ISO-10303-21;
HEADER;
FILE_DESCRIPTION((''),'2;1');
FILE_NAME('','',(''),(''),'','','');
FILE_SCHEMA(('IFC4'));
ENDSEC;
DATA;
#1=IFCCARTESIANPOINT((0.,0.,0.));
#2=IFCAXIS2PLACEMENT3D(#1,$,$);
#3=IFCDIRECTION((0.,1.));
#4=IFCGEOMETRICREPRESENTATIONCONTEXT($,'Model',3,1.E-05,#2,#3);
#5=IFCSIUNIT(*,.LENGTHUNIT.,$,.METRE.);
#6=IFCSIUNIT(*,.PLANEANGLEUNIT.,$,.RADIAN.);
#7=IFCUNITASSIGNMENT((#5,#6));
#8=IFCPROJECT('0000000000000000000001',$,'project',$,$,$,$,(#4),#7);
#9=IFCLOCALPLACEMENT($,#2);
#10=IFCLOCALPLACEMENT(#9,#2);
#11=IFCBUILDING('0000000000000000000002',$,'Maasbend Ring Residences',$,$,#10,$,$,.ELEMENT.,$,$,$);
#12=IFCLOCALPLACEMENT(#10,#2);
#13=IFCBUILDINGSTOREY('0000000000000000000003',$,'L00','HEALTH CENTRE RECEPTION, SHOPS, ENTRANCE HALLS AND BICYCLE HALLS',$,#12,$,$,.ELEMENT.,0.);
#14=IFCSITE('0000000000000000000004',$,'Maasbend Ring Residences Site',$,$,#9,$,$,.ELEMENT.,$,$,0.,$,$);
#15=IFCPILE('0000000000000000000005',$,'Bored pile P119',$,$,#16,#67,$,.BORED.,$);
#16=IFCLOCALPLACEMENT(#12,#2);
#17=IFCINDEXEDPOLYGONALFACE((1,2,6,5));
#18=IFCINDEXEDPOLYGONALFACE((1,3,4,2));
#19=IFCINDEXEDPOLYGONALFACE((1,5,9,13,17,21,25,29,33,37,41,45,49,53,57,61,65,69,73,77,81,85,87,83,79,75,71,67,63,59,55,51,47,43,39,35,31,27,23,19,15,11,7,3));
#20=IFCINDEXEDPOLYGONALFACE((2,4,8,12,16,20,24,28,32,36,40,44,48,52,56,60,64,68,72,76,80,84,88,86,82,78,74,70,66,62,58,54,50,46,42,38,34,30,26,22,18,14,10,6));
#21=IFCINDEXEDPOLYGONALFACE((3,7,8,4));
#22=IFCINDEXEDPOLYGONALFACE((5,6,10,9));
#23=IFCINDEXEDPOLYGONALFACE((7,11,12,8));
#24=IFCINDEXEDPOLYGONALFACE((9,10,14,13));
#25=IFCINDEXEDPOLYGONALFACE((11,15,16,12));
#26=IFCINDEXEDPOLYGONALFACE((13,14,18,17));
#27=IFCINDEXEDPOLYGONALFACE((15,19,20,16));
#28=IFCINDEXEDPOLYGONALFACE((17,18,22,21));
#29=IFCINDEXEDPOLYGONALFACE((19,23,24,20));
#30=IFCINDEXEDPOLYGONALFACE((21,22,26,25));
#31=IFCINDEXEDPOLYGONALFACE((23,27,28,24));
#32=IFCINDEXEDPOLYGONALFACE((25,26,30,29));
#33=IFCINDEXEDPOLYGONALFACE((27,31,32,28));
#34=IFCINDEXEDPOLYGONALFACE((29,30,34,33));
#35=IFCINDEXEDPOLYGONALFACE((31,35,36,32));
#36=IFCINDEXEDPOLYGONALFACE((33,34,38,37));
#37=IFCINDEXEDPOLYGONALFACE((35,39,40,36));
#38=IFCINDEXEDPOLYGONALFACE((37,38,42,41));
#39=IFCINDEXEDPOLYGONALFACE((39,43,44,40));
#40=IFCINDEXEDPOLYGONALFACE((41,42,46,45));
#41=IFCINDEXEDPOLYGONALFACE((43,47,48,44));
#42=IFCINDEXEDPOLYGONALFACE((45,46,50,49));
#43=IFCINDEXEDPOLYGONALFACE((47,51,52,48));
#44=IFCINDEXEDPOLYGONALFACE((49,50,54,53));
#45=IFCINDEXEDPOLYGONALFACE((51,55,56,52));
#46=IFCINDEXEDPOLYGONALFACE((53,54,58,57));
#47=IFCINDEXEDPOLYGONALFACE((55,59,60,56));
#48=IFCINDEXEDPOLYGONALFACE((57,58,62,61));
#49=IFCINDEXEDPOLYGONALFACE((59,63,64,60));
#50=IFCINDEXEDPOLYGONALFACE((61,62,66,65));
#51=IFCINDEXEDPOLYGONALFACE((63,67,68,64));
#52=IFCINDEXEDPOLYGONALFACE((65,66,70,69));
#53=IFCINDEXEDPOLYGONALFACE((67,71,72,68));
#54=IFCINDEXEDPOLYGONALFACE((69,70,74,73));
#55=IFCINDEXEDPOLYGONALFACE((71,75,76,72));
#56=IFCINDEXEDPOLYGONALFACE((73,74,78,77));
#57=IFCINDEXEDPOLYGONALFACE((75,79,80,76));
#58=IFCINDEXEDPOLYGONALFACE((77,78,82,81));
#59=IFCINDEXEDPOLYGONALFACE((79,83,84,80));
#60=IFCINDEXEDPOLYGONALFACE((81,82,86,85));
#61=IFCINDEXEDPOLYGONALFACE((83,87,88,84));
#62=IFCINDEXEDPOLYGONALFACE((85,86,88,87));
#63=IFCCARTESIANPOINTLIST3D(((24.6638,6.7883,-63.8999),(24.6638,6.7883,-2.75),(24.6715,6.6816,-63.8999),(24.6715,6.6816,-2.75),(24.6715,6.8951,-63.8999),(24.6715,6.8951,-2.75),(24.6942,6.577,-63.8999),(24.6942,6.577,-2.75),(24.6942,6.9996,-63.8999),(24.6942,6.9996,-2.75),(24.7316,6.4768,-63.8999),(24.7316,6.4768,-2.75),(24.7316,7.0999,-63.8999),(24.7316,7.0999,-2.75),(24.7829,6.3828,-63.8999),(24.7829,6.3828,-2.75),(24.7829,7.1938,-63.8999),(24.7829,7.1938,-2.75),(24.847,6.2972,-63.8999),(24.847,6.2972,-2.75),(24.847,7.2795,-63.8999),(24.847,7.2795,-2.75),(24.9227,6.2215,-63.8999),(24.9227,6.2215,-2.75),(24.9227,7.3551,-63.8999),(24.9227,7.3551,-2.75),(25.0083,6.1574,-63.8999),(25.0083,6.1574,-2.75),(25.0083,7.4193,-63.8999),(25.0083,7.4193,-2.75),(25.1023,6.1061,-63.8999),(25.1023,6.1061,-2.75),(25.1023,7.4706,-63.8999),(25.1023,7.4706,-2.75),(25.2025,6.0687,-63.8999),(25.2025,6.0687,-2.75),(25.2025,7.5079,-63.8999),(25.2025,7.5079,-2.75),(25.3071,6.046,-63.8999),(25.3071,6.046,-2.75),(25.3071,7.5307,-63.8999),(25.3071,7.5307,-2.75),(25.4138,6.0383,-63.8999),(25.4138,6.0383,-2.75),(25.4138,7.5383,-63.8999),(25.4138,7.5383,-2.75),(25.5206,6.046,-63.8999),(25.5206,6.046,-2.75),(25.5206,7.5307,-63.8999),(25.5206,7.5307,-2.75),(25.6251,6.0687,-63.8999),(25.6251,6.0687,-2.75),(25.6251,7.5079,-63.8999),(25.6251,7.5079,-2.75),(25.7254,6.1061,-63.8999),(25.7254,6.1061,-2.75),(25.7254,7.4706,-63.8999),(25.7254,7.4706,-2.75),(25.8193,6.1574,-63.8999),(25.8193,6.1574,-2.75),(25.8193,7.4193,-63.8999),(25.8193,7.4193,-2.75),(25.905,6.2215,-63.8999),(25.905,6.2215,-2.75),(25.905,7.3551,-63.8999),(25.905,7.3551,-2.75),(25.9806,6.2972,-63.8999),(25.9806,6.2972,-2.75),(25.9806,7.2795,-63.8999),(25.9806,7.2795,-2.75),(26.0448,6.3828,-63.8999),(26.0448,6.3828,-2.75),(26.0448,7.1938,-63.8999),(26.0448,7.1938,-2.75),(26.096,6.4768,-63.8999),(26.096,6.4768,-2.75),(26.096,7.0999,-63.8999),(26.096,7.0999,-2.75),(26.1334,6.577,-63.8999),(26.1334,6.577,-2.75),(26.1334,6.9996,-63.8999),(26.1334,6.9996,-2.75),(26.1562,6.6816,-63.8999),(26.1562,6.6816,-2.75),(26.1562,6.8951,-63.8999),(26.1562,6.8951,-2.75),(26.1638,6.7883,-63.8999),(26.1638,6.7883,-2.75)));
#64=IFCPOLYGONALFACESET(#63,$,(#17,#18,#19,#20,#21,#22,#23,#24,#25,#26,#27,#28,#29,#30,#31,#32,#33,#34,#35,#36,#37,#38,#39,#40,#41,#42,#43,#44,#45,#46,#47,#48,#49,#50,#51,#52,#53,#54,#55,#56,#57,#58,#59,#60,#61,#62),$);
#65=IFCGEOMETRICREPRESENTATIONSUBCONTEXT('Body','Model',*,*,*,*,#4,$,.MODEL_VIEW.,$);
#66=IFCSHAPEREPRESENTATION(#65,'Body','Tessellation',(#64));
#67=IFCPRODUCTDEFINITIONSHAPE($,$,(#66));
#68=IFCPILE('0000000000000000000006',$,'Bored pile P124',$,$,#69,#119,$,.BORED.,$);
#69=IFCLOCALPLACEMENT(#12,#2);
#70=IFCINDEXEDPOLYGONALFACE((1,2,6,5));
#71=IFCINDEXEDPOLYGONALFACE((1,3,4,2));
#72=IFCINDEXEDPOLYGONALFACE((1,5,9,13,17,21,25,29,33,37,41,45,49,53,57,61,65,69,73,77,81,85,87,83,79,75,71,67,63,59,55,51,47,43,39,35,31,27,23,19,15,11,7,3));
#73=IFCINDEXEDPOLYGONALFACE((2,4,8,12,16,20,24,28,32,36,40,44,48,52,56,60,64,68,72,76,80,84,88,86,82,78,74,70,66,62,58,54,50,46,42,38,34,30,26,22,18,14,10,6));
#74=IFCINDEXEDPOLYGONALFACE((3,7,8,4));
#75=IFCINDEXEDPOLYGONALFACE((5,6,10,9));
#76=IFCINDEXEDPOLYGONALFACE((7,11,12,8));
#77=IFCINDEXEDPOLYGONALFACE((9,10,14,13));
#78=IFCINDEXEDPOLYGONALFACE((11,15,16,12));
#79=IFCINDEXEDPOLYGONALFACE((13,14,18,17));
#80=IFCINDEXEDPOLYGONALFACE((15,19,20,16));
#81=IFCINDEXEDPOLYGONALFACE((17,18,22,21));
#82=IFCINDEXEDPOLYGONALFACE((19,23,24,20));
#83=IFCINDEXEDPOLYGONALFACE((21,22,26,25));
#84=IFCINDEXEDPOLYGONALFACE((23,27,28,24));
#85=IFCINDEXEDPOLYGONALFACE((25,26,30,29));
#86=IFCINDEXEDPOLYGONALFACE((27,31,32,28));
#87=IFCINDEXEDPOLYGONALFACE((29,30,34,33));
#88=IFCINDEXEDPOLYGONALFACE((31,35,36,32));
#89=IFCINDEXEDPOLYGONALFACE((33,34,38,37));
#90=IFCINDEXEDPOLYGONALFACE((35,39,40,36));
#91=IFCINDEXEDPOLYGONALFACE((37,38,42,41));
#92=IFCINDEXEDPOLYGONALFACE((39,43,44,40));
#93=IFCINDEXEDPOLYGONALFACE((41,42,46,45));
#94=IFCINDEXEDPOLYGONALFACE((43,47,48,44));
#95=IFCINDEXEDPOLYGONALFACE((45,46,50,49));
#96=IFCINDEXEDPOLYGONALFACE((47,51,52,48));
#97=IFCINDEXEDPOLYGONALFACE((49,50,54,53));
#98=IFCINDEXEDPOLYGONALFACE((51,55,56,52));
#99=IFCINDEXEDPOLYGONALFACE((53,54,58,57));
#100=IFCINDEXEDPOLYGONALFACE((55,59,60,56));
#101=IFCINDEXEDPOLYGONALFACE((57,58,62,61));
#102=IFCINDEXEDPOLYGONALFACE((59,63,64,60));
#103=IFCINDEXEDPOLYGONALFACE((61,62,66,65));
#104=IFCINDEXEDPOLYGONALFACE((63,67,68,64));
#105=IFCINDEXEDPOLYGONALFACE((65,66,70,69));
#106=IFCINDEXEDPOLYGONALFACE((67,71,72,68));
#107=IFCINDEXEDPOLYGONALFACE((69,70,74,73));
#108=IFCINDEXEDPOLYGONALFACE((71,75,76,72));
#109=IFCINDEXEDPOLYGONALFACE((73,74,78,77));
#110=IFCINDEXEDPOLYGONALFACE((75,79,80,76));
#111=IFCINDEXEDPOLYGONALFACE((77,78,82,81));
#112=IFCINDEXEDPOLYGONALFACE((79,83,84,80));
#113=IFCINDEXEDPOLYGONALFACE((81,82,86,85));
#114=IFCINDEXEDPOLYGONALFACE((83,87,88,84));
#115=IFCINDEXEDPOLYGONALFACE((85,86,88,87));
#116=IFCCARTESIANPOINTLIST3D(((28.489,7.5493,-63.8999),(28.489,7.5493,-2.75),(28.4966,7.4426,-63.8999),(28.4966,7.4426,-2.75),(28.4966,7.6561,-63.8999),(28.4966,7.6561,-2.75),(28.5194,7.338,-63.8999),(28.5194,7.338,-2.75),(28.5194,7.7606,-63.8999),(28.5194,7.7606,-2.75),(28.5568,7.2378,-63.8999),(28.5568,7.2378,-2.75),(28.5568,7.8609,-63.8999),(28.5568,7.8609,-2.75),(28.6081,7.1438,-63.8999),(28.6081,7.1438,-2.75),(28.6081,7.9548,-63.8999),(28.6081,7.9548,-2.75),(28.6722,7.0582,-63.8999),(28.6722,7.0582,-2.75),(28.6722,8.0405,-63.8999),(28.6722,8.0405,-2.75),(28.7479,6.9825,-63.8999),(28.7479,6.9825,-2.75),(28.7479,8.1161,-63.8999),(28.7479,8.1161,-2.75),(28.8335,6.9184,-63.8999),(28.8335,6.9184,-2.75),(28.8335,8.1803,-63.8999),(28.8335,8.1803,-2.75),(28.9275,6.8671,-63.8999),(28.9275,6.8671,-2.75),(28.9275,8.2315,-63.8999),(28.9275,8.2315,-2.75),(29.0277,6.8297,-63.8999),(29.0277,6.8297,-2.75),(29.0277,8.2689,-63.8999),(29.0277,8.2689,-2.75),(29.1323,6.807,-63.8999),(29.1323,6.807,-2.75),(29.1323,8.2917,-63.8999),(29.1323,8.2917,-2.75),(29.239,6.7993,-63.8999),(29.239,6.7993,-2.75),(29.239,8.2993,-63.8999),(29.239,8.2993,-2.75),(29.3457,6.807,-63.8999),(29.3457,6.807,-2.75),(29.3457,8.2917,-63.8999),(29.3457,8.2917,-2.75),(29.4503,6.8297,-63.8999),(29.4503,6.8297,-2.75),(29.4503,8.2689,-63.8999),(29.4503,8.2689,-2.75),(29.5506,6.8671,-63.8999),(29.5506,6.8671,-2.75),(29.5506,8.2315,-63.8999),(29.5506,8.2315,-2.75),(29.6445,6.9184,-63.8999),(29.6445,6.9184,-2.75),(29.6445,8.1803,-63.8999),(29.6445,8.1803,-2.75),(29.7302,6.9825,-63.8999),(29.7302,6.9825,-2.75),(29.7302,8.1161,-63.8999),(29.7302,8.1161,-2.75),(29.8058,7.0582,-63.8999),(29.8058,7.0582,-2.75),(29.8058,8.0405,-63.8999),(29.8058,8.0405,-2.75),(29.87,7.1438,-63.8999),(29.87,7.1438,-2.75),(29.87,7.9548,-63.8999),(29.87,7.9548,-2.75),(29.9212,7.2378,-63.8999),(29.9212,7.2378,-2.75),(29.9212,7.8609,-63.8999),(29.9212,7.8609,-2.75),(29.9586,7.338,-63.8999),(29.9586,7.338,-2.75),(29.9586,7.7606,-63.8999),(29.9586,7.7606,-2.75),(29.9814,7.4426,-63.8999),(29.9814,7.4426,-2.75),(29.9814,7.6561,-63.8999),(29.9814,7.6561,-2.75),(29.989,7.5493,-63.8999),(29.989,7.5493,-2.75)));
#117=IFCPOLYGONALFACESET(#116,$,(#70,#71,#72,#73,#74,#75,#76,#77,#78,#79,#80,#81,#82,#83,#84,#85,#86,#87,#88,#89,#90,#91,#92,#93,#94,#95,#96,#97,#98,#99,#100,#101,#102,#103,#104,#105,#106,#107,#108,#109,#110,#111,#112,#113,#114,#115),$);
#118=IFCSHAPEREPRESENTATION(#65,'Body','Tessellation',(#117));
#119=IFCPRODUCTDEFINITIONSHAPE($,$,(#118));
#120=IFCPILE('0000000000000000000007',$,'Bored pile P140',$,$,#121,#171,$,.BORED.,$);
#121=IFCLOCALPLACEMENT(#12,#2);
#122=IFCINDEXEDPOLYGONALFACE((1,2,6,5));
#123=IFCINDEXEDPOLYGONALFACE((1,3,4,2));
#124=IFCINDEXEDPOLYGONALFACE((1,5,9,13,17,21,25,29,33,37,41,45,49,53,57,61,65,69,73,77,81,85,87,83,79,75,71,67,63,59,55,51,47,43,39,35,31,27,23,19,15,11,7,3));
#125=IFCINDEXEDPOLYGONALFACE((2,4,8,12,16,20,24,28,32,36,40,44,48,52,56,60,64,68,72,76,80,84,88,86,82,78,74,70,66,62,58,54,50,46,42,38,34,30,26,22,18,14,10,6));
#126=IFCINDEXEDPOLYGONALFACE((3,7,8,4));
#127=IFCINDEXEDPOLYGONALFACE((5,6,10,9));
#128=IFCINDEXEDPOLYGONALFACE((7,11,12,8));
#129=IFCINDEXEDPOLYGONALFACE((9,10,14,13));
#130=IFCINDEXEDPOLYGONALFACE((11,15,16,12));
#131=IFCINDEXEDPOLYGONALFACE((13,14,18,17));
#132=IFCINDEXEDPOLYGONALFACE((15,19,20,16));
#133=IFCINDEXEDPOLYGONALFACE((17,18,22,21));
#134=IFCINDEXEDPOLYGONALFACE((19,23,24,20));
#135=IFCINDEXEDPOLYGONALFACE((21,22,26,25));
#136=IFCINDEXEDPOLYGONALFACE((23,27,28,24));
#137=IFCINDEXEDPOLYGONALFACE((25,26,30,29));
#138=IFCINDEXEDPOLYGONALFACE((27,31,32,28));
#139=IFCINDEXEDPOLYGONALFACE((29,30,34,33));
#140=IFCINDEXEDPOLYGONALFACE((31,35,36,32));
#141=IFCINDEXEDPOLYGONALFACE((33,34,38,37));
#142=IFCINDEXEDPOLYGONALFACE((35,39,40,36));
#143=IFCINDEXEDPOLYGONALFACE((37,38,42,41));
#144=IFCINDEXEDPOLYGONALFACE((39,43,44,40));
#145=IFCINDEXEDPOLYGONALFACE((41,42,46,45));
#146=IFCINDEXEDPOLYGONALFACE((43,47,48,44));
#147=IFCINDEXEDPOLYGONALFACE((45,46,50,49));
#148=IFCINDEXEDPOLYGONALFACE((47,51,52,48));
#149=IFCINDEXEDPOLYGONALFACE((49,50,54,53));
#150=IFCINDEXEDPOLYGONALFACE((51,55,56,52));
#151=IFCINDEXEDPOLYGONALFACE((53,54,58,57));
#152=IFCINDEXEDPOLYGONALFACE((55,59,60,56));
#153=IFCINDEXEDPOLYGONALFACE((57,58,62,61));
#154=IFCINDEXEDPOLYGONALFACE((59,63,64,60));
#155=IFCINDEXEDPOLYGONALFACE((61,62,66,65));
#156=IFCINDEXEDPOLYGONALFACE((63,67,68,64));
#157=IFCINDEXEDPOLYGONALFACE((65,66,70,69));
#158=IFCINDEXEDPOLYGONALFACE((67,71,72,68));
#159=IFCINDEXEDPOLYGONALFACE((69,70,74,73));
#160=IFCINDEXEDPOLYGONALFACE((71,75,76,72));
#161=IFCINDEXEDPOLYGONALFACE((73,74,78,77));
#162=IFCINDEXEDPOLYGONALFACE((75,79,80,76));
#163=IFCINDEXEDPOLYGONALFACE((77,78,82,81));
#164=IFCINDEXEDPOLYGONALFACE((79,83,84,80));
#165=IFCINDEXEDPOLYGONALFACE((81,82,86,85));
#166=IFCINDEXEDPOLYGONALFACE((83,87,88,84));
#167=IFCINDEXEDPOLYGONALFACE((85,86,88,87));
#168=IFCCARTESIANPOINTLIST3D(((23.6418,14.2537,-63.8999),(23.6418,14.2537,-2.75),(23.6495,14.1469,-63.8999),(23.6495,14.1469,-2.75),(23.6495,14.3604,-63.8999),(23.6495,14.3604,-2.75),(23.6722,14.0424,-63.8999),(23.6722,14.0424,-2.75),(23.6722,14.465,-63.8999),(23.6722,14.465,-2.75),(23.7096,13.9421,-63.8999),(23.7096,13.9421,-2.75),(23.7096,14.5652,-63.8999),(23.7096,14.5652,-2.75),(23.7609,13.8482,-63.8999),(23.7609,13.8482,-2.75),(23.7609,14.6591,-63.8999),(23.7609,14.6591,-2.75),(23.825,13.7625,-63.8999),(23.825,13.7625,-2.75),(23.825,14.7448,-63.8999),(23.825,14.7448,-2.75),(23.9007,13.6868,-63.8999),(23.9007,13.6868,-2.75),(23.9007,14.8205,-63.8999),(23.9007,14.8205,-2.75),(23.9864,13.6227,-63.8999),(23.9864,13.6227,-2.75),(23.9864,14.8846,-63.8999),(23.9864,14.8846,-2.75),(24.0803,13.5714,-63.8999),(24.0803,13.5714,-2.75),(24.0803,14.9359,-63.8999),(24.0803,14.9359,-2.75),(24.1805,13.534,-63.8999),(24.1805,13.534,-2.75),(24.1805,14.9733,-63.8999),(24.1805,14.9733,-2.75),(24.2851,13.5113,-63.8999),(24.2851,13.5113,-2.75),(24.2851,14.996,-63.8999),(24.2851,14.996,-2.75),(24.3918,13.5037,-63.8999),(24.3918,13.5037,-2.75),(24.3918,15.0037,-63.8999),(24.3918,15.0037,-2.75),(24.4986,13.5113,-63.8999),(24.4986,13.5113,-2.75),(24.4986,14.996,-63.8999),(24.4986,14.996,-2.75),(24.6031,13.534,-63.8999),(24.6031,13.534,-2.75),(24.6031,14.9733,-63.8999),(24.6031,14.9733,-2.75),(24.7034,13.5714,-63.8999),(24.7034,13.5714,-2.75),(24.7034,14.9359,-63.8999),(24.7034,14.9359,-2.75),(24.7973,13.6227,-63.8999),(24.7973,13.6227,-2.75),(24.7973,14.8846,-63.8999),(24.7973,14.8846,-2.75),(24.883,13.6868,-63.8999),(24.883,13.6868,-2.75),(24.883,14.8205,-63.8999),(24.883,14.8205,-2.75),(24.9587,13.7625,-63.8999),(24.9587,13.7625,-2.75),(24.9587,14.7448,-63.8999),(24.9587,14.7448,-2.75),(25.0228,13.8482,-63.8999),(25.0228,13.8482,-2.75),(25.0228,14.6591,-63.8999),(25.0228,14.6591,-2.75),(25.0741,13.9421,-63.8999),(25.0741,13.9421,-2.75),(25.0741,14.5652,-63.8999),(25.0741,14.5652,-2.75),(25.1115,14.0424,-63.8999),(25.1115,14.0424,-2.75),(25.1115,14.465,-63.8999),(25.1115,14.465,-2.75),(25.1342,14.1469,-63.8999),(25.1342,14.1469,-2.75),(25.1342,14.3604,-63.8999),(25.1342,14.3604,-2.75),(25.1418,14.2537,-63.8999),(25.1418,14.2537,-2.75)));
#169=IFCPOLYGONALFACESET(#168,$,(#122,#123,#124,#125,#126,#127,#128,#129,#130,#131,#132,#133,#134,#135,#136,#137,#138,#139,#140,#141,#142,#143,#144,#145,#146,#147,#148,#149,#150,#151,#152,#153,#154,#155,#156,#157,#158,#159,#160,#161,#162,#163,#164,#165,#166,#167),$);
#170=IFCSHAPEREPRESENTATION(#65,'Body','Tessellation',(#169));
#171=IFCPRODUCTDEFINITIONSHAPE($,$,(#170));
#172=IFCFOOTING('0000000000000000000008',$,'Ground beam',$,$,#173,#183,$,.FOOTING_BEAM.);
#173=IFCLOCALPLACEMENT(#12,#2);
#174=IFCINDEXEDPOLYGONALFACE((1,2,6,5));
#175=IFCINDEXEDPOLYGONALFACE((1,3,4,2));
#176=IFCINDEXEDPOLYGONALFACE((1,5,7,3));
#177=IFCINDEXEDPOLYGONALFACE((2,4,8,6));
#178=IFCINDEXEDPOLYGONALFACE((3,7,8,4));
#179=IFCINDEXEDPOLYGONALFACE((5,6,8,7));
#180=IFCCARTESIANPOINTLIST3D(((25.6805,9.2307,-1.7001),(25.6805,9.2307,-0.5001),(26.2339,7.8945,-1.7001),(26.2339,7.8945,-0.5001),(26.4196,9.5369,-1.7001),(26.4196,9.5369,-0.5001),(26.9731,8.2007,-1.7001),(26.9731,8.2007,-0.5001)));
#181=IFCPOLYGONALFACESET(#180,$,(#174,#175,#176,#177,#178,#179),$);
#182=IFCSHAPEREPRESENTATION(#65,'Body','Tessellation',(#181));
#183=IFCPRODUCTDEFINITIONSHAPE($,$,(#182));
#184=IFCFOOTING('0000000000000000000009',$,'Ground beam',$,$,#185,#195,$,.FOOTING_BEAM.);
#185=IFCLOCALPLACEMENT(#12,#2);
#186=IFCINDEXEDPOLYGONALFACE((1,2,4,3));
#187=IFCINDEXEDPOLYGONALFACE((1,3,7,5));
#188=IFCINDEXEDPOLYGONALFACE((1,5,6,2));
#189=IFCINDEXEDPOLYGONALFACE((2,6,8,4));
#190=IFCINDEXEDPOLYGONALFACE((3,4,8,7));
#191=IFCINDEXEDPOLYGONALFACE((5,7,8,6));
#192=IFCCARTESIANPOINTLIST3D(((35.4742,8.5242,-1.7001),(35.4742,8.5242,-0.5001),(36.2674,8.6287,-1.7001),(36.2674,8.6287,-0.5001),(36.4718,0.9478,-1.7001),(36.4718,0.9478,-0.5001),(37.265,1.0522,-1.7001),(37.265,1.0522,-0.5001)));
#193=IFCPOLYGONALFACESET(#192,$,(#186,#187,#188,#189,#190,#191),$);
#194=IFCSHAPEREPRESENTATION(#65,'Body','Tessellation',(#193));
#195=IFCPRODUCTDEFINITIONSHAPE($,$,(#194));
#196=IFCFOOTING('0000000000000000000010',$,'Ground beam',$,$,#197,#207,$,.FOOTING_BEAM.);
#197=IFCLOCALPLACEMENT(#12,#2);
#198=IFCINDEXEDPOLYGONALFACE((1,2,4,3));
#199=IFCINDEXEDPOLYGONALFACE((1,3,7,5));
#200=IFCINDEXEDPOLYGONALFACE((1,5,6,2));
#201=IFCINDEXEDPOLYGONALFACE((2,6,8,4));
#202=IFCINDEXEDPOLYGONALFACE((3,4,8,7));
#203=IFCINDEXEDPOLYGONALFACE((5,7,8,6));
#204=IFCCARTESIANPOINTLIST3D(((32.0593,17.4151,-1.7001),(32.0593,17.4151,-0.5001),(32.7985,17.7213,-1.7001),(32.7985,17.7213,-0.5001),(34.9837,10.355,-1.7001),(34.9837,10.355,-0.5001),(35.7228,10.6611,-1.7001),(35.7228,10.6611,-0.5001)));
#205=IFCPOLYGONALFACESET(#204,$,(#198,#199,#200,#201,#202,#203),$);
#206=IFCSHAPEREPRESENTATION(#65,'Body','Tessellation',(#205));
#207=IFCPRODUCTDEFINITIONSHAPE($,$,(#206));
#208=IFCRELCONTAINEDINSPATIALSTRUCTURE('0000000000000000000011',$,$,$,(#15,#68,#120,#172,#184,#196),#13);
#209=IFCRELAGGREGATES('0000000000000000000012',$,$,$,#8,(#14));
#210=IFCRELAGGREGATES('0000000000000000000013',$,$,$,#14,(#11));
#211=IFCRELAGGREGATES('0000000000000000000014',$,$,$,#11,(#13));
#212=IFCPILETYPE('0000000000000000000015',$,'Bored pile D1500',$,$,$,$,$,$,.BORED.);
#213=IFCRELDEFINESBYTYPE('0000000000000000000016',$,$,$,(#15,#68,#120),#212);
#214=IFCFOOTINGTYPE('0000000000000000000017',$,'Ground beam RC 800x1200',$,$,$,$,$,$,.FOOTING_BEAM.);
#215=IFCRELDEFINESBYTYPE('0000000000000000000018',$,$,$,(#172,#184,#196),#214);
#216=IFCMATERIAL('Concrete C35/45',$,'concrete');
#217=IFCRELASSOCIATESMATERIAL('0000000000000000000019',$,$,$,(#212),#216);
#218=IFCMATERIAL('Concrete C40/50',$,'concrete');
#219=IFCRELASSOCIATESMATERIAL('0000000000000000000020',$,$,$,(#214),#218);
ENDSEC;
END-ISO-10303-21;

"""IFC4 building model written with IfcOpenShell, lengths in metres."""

from ifc_helpers import new_model, si_unit, direction, frame, origin, origin_2d, place, context, subcontext, project, spatial, rectangle, circle, extrude, material, material_profile, profile_set, type_object, element, save


model = new_model("IFC4")

# Units and contexts
model_context = context("Model", 3, precision=1e-05, world=origin(), true_north=direction((0.0, 1.0)))
body_context = subcontext(model_context, "Body", "Model", "MODEL_VIEW")
ifc_project = project(units=[si_unit("LENGTHUNIT", "METRE"), si_unit("PLANEANGLEUNIT", "RADIAN")], contexts=[model_context])

# Site, building, storey
site_placement = place(None, origin())
site = spatial("IfcSite", under=ifc_project, at=site_placement, Name="Maasbend Ring Residences Site", CompositionType="ELEMENT", RefElevation=0.0)
building_placement = place(site_placement, origin())
building = spatial("IfcBuilding", under=site, at=building_placement, Name="Maasbend Ring Residences", CompositionType="ELEMENT")
storey_placement = place(building_placement, origin())
storey = spatial("IfcBuildingStorey", under=building, at=storey_placement, Name="L00", Description="HEALTH CENTRE RECEPTION, SHOPS, ENTRANCE HALLS AND BICYCLE HALLS", CompositionType="ELEMENT", Elevation=0.0)

# Piles
ifc_material_1 = material(Name="Concrete C35/45", Category="concrete")
ifc_material_profile_1 = material_profile(ifc_material_1, circle(Radius=0.75, at=origin_2d()), Name="Bored pile D1500")
ifc_profile_set_1 = profile_set([ifc_material_profile_1], Name="Concrete C35/45")
pile_type = type_object("IfcPileType", Name="Bored pile D1500", PredefinedType="BORED", material=ifc_profile_set_1)
for number, where, z_axis, x_axis, name in (
    (1, (25.4138, 6.7883, -2.75), (0.0, 0.0, -1.0), (1.0, 0.0, 0.0), "Bored pile P119"),
    (2, (29.239, 7.5493, -2.75), (0.0, 0.0, -1.0), (1.0, 0.0, 0.0), "Bored pile P124"),
    (3, (24.3918, 14.2537, -2.75), (0.0, 0.0, -1.0), (1.0, 0.0, 0.0), "Bored pile P140"),
):
    element("IfcPile", number, at=place(storey_placement, frame(where, z_axis=z_axis, x_axis=x_axis)), inside=storey, type_object=pile_type, Name=name, PredefinedType="BORED", context=body_context, shape_type="SweptSolid", body=[
        extrude(circle(Radius=0.75, at=origin_2d()), origin(), (0.0, 0.0, 1.0), 61.1499),
    ])

# Footings
ifc_material_2 = material(Name="Concrete C40/50", Category="concrete")
ifc_material_profile_2 = material_profile(ifc_material_2, rectangle(XDim=0.8, YDim=1.2, at=origin_2d()), Name="Ground beam RC 800x1200")
ifc_profile_set_2 = profile_set([ifc_material_profile_2], Name="Concrete C40/50")
footing_type = type_object("IfcFootingType", Name="Ground beam RC 800x1200", PredefinedType="FOOTING_BEAM", material=ifc_profile_set_2)
footing_placement = place(storey_placement, frame((26.6035, 8.0476, -1.1001), z_axis=(-0.382685, 0.923879, 0.0), x_axis=(-0.923879, -0.382685, 0.0)))
element("IfcFooting", 4, at=footing_placement, inside=storey, type_object=footing_type, Name="Ground beam", PredefinedType="FOOTING_BEAM", context=body_context, shape_type="SweptSolid", body=[
    extrude(rectangle(XDim=0.8, YDim=1.2, at=origin_2d()), origin(), (0.0, 0.0, 1.0), 1.4463),
])
for number, where, z_axis, x_axis, name in (
    (5, (36.8684, 1.0, -1.1001), (-0.13054, 0.991443, 0.0), (-0.991443, -0.13054, 0.0), "Ground beam"),
    (6, (35.3533, 10.5081, -1.1001), (-0.382677, 0.923882, 0.0), (-0.923882, -0.382677, 0.0), "Ground beam"),
):
    element("IfcFooting", number, at=place(storey_placement, frame(where, z_axis=z_axis, x_axis=x_axis)), inside=storey, type_object=footing_type, Name=name, PredefinedType="FOOTING_BEAM", context=body_context, shape_type="SweptSolid", body=[
        extrude(rectangle(XDim=0.8, YDim=1.2, at=origin_2d()), origin(), (0.0, 0.0, 1.0), 7.6418),
    ])

save(model, "model.ifc")
